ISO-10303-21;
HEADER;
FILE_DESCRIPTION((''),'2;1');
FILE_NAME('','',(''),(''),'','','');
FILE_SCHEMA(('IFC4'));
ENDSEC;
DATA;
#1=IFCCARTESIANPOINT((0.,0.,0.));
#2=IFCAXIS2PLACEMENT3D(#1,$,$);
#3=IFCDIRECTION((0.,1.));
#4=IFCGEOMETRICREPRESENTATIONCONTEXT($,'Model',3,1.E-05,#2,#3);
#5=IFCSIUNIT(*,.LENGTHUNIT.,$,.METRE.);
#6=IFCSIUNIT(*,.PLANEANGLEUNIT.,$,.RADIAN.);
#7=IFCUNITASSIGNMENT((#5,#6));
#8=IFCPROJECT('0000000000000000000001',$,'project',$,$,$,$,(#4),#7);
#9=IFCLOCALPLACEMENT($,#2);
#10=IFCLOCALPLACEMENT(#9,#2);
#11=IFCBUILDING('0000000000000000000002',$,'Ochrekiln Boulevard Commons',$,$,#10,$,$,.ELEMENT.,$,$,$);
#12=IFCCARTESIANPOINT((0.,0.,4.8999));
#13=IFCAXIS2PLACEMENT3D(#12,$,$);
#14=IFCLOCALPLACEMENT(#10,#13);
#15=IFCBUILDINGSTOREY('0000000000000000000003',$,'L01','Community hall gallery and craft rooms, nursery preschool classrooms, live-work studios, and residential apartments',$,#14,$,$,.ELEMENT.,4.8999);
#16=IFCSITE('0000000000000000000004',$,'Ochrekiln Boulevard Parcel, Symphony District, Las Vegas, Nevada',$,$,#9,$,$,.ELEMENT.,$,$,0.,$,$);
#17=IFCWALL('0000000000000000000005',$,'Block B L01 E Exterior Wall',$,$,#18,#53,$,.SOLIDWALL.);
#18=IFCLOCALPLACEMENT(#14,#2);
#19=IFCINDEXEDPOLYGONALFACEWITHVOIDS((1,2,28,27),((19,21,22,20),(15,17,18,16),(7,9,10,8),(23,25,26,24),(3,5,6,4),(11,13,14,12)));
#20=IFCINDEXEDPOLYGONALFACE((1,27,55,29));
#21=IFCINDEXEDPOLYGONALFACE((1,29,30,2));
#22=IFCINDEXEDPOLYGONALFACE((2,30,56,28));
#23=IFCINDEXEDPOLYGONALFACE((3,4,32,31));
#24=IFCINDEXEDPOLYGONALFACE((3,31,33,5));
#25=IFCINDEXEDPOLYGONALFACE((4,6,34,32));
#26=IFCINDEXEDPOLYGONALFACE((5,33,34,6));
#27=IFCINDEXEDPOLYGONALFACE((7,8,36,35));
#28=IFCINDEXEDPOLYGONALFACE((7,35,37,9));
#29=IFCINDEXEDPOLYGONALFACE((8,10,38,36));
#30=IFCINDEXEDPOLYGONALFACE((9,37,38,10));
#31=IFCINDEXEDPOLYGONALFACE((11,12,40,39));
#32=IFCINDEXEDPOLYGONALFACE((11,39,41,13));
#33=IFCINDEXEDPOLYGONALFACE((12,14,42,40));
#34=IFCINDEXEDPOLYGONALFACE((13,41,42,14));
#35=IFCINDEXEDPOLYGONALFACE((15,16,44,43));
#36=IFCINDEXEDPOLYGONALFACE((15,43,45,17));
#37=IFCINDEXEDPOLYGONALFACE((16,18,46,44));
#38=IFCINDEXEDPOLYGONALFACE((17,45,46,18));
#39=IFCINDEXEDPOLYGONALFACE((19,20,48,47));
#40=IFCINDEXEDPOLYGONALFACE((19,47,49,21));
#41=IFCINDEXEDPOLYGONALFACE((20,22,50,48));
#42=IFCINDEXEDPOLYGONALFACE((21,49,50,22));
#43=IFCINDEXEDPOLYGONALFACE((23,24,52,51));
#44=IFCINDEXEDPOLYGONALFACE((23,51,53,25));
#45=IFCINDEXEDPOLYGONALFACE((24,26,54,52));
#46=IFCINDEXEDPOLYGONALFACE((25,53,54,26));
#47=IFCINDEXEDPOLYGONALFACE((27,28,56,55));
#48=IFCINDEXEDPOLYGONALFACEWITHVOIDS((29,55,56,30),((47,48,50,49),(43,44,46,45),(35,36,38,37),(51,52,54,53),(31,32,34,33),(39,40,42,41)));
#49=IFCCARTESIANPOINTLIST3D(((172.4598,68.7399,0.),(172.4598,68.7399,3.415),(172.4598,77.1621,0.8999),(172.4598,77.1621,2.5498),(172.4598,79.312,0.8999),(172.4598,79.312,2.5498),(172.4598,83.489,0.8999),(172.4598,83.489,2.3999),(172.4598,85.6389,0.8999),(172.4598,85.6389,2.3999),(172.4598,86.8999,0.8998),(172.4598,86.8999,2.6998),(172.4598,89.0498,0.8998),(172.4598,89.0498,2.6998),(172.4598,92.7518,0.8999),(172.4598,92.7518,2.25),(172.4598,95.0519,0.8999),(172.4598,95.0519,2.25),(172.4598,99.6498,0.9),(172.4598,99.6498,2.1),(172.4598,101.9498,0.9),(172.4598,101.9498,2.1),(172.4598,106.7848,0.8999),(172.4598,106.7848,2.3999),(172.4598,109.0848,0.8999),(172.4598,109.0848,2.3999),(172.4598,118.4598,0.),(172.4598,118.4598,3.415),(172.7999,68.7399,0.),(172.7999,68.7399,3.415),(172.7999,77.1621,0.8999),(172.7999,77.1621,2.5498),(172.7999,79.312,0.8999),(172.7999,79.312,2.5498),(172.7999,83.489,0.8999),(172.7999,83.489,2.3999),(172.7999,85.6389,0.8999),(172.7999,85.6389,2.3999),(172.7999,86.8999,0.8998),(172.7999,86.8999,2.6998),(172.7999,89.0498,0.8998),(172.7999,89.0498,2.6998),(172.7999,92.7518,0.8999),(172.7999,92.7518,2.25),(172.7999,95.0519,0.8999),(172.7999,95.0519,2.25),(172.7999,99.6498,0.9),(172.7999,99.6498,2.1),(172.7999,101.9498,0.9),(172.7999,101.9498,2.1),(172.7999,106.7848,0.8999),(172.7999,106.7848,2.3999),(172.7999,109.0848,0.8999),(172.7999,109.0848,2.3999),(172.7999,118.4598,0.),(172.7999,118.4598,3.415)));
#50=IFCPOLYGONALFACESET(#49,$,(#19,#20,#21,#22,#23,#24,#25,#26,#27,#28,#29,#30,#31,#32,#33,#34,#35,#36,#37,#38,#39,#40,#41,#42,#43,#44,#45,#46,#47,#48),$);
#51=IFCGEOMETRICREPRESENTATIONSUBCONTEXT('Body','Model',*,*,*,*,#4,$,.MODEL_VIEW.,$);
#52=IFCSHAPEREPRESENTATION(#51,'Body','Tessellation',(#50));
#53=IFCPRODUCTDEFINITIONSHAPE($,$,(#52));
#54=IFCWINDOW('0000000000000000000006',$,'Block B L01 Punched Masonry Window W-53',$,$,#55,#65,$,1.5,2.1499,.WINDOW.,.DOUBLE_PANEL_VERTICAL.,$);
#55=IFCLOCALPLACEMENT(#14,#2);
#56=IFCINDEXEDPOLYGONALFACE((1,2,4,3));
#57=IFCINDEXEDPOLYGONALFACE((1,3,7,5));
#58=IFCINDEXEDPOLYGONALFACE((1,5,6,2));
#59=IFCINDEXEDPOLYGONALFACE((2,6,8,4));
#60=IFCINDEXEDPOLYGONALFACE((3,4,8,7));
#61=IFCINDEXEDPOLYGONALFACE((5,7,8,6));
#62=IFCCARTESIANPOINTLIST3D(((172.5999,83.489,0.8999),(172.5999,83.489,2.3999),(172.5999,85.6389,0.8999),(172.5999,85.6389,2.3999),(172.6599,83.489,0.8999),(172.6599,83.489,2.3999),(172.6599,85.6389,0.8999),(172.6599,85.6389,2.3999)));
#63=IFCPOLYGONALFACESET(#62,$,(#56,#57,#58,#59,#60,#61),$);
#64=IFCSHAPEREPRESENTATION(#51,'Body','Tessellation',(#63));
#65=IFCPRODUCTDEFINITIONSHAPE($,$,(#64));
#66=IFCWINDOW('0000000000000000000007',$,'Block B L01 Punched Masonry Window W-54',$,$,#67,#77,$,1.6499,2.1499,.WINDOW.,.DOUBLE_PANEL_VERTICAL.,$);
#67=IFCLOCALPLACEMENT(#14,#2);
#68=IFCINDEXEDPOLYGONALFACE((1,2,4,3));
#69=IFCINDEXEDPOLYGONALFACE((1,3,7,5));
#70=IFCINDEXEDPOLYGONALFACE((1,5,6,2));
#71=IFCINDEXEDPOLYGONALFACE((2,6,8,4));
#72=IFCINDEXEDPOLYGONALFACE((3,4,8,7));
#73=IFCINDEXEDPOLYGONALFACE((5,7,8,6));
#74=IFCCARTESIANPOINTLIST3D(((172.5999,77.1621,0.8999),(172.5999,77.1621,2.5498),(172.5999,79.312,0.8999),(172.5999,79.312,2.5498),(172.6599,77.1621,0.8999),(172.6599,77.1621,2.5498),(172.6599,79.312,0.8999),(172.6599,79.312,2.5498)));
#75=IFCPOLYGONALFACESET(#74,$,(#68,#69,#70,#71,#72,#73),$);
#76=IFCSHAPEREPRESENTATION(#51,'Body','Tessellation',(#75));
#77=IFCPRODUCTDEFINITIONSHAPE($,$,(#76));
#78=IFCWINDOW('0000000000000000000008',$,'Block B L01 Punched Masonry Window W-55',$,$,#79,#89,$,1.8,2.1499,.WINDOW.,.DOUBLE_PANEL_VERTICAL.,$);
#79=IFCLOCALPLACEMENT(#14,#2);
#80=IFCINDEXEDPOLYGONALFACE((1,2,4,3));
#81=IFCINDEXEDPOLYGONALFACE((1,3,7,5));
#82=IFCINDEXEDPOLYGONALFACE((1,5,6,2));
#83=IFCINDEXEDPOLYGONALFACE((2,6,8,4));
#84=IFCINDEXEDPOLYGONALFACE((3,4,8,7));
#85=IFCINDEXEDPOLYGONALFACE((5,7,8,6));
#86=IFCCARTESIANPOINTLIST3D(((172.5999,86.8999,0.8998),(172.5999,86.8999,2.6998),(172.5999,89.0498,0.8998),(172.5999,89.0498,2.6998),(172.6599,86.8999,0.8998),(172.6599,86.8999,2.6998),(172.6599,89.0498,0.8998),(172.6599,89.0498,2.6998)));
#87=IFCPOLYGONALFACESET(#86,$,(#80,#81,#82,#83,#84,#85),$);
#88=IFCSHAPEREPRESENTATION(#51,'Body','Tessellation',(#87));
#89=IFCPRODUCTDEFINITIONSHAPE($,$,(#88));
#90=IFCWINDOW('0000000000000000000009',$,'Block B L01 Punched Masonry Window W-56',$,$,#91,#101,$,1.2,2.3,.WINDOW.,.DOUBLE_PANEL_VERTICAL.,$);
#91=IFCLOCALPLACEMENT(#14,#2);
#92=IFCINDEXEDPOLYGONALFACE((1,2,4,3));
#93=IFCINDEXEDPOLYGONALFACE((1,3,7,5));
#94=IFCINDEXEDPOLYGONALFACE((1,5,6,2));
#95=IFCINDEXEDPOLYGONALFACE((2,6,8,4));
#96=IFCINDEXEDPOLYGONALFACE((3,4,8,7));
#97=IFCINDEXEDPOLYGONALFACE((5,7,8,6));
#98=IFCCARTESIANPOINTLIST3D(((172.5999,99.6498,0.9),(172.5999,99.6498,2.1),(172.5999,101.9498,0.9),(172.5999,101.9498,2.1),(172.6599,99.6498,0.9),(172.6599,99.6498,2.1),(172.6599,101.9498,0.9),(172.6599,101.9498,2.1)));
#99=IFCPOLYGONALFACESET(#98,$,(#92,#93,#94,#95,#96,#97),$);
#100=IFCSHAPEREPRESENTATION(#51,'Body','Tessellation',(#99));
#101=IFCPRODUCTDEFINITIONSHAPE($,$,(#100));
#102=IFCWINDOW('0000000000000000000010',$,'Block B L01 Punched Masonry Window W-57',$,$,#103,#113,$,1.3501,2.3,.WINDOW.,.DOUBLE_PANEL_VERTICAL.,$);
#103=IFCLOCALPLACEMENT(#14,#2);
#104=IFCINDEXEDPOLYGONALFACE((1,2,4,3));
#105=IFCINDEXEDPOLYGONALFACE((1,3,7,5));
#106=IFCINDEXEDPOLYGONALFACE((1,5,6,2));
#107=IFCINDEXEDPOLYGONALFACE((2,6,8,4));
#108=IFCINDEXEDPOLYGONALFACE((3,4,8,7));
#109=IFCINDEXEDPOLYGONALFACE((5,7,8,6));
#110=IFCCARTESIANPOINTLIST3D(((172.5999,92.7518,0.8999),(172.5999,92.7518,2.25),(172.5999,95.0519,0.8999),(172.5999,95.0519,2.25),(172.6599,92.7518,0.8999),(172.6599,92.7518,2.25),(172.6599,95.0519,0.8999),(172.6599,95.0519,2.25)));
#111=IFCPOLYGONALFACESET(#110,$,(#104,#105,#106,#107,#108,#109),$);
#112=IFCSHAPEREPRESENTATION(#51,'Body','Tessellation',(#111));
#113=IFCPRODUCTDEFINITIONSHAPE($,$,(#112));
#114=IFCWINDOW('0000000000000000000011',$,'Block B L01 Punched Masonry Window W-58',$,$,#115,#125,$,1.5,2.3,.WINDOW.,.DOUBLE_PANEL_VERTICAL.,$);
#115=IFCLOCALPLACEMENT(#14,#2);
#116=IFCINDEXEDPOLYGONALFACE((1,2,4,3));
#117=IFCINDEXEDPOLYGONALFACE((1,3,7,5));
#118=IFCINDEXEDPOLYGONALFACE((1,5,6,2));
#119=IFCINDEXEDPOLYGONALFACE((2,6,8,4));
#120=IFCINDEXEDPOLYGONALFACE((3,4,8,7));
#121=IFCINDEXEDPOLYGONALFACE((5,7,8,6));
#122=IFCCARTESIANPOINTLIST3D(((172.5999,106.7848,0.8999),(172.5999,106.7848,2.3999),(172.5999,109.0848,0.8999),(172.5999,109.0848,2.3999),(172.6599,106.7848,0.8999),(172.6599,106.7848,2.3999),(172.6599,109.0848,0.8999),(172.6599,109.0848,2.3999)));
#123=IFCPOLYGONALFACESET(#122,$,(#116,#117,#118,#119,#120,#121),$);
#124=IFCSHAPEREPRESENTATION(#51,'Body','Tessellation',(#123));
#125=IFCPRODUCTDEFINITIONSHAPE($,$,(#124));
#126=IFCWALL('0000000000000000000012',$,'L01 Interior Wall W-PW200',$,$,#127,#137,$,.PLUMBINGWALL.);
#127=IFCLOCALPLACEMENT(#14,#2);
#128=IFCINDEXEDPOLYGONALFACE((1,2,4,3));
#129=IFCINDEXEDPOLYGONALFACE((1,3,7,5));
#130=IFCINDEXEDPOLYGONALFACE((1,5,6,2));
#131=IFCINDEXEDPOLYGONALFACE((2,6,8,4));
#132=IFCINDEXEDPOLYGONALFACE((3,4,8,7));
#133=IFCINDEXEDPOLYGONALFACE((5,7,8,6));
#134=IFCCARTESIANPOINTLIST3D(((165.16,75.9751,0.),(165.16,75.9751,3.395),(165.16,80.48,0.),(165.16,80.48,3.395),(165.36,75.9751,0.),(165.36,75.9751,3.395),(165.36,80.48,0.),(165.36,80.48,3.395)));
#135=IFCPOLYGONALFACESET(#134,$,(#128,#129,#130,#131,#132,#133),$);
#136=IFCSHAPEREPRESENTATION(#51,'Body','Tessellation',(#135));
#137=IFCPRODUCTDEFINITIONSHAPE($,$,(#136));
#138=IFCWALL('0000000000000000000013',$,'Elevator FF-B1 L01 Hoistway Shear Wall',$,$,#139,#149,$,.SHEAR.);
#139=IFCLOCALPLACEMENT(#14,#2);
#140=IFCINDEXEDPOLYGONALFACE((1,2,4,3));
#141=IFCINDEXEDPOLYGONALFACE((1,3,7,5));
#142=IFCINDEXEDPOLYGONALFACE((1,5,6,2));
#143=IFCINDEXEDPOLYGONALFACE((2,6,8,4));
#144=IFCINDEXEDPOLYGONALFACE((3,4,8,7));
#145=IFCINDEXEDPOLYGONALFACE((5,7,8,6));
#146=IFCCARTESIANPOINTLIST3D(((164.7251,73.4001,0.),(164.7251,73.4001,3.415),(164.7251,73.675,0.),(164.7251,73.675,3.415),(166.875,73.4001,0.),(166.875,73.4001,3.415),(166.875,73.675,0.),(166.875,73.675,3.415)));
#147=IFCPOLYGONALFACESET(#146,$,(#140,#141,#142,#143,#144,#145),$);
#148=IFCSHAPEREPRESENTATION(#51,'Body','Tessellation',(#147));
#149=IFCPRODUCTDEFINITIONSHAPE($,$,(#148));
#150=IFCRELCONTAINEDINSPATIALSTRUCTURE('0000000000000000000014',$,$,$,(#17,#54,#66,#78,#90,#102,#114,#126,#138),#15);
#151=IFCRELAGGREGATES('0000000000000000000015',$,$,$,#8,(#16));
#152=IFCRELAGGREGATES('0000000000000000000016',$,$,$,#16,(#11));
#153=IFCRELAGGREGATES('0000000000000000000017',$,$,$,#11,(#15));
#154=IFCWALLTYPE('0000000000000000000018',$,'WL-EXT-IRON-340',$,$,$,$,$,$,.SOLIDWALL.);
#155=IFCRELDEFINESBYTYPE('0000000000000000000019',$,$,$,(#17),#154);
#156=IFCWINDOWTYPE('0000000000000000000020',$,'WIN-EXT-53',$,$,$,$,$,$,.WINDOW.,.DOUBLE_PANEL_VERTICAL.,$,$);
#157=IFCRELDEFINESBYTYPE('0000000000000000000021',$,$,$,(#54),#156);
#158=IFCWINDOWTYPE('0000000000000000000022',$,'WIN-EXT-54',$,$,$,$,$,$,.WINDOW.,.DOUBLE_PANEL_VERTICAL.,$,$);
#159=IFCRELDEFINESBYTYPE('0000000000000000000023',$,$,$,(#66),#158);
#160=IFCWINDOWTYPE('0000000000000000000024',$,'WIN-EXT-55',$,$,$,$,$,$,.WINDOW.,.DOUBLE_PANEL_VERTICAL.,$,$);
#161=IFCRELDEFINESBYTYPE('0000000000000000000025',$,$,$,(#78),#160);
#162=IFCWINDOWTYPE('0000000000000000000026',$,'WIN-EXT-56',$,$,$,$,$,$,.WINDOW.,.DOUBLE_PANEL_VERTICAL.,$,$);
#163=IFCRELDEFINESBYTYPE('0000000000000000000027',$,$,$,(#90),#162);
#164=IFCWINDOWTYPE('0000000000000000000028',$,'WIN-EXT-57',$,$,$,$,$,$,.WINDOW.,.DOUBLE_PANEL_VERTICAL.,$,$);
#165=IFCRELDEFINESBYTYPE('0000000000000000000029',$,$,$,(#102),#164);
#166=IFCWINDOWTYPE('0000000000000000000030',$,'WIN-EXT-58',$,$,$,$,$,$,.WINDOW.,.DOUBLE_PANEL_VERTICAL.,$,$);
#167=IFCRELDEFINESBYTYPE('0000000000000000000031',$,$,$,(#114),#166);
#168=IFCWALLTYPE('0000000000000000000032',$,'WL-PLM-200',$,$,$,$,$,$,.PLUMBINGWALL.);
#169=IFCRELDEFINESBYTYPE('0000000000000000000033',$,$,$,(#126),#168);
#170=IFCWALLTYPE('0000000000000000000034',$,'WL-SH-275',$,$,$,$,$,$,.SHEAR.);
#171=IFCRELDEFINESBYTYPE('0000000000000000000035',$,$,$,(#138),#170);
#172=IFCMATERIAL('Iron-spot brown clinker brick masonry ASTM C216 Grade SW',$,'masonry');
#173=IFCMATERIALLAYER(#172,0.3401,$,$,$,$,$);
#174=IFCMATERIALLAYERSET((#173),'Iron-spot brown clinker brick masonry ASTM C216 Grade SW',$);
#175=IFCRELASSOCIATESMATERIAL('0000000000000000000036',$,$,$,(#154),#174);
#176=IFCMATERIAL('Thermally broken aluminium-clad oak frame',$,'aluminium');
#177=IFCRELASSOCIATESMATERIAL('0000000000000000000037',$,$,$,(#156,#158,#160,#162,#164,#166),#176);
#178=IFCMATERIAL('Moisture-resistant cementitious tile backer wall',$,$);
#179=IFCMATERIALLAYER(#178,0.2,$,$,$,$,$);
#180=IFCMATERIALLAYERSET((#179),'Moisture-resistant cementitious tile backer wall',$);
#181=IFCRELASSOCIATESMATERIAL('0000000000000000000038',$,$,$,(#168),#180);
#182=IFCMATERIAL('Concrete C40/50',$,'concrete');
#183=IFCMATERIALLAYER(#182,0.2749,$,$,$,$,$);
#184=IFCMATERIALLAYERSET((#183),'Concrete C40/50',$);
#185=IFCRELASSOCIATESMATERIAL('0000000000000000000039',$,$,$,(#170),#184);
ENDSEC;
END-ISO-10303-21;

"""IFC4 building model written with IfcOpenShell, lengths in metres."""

from ifc_helpers import new_model, si_unit, direction, frame, frame_2d, origin, place, context, subcontext, project, spatial, rectangle, extrude, material, layer, layer_set, type_object, element, fill, save


model = new_model("IFC4")

# Units and contexts
model_context = context("Model", 3, precision=1e-05, world=origin(), true_north=direction((0.0, 1.0)))
body_context = subcontext(model_context, "Body", "Model", "MODEL_VIEW")
ifc_project = project(units=[si_unit("LENGTHUNIT", "METRE"), si_unit("PLANEANGLEUNIT", "RADIAN")], contexts=[model_context])

# Site, building, storey
site_placement = place(None, origin())
site = spatial("IfcSite", under=ifc_project, at=site_placement, Name="Ochrekiln Boulevard Parcel, Symphony District, Las Vegas, Nevada", CompositionType="ELEMENT", RefElevation=0.0)
building_placement = place(site_placement, origin())
building = spatial("IfcBuilding", under=site, at=building_placement, Name="Ochrekiln Boulevard Commons", CompositionType="ELEMENT")
storey_placement = place(building_placement, frame((0.0, 0.0, 4.8999)))
storey = spatial("IfcBuildingStorey", under=building, at=storey_placement, Name="L01", Description="Community hall gallery and craft rooms, nursery preschool classrooms, live-work studios, and residential apartments", CompositionType="ELEMENT", Elevation=4.8999)

# Shared definitions
ifc_material_1 = material(Name="Concrete C40/50", Category="concrete")

# Wall, openings, windows
ifc_material_2 = material(Name="Iron-spot brown clinker brick masonry ASTM C216 Grade SW", Category="masonry")
ifc_layer_1 = layer(ifc_material_2, 0.3401)
ifc_layer_set_1 = layer_set([ifc_layer_1], Name="Iron-spot brown clinker brick masonry ASTM C216 Grade SW")
wall_type_1 = type_object("IfcWallType", Name="WL-EXT-IRON-340", PredefinedType="SOLIDWALL", material=ifc_layer_set_1)
wall_1_placement = place(storey_placement, frame((172.6299, 68.74, 0.0), z_axis=(0.0, 0.0, 1.0), x_axis=(0.0, 1.0, 0.0)))
wall_1 = element("IfcWall", 1, at=wall_1_placement, inside=storey, type_object=wall_type_1, Name="Block B L01 E Exterior Wall", PredefinedType="SOLIDWALL", context=body_context, shape_type="SweptSolid", body=[
    extrude(rectangle(XDim=49.72, YDim=0.3401, at=frame_2d((24.8599, 0.0))), origin(), (0.0, 0.0, 1.0), 3.415),
])
opening_1_placement = place(wall_1_placement, frame((14.749, 0.0, 0.8999)))
opening_1 = element("IfcOpeningElement", 2, at=opening_1_placement, cuts=wall_1, PredefinedType="OPENING", context=body_context, shape_type="SweptSolid", body=[
    extrude(rectangle(XDim=2.1499, YDim=1.5, at=frame_2d((1.075, 0.75))), frame((0.0, 0.1799, 0.0), z_axis=(0.0, -1.0, 0.0), x_axis=(1.0, 0.0, 0.0)), (0.0, 0.0, 1.0), 0.3601),
])
opening_2_placement = place(wall_1_placement, frame((8.4221, 0.0, 0.8999)))
opening_2 = element("IfcOpeningElement", 3, at=opening_2_placement, cuts=wall_1, PredefinedType="OPENING", context=body_context, shape_type="SweptSolid", body=[
    extrude(rectangle(XDim=2.1499, YDim=1.6499, at=frame_2d((1.075, 0.825))), frame((0.0, 0.1799, 0.0), z_axis=(0.0, -1.0, 0.0), x_axis=(1.0, 0.0, 0.0)), (0.0, 0.0, 1.0), 0.3601),
])
opening_3_placement = place(wall_1_placement, frame((18.1599, 0.0, 0.8999)))
opening_3 = element("IfcOpeningElement", 4, at=opening_3_placement, cuts=wall_1, PredefinedType="OPENING", context=body_context, shape_type="SweptSolid", body=[
    extrude(rectangle(XDim=2.1499, YDim=1.8, at=frame_2d((1.075, 0.8999))), frame((0.0, 0.1799, 0.0), z_axis=(0.0, -1.0, 0.0), x_axis=(1.0, 0.0, 0.0)), (0.0, 0.0, 1.0), 0.3601),
])
opening_4_placement = place(wall_1_placement, frame((30.9099, 0.0, 0.8999)))
opening_4 = element("IfcOpeningElement", 5, at=opening_4_placement, cuts=wall_1, PredefinedType="OPENING", context=body_context, shape_type="SweptSolid", body=[
    extrude(rectangle(XDim=2.3, YDim=1.2, at=frame_2d((1.1499, 0.6001))), frame((0.0, 0.1799, 0.0), z_axis=(0.0, -1.0, 0.0), x_axis=(1.0, 0.0, 0.0)), (0.0, 0.0, 1.0), 0.3601),
])
opening_5_placement = place(wall_1_placement, frame((24.012, 0.0, 0.8999)))
opening_5 = element("IfcOpeningElement", 6, at=opening_5_placement, cuts=wall_1, PredefinedType="OPENING", context=body_context, shape_type="SweptSolid", body=[
    extrude(rectangle(XDim=2.3, YDim=1.3501, at=frame_2d((1.1499, 0.675))), frame((0.0, 0.1799, 0.0), z_axis=(0.0, -1.0, 0.0), x_axis=(1.0, 0.0, 0.0)), (0.0, 0.0, 1.0), 0.3601),
])
opening_6_placement = place(wall_1_placement, frame((38.0449, 0.0, 0.8999)))
opening_6 = element("IfcOpeningElement", 7, at=opening_6_placement, cuts=wall_1, PredefinedType="OPENING", context=body_context, shape_type="SweptSolid", body=[
    extrude(rectangle(XDim=2.3, YDim=1.5, at=frame_2d((1.1499, 0.75))), frame((0.0, 0.1799, 0.0), z_axis=(0.0, -1.0, 0.0), x_axis=(1.0, 0.0, 0.0)), (0.0, 0.0, 1.0), 0.3601),
])
ifc_material_3 = material(Name="Thermally broken aluminium-clad oak frame", Category="aluminium")
window_type_1 = type_object("IfcWindowType", Name="WIN-EXT-53", PartitioningType="DOUBLE_PANEL_VERTICAL", PredefinedType="WINDOW", material=ifc_material_3)
window_1_placement = place(opening_1_placement, origin())
window_1 = element("IfcWindow", 8, at=window_1_placement, inside=storey, type_object=window_type_1, Name="Block B L01 Punched Masonry Window W-53", OverallHeight=1.5, OverallWidth=2.1499, PartitioningType="DOUBLE_PANEL_VERTICAL", PredefinedType="WINDOW", context=body_context, shape_type="SweptSolid", body=[
    extrude(rectangle(XDim=2.1499, YDim=1.5, at=frame_2d((1.075, 0.75))), frame((0.0, 0.03, 0.0), z_axis=(0.0, -1.0, 0.0), x_axis=(1.0, 0.0, 0.0)), (0.0, 0.0, 1.0), 0.0601),
])
fill(opening_1, window_1)
window_type_2 = type_object("IfcWindowType", Name="WIN-EXT-54", PartitioningType="DOUBLE_PANEL_VERTICAL", PredefinedType="WINDOW", material=ifc_material_3)
window_2_placement = place(opening_2_placement, origin())
window_2 = element("IfcWindow", 9, at=window_2_placement, inside=storey, type_object=window_type_2, Name="Block B L01 Punched Masonry Window W-54", OverallHeight=1.6499, OverallWidth=2.1499, PartitioningType="DOUBLE_PANEL_VERTICAL", PredefinedType="WINDOW", context=body_context, shape_type="SweptSolid", body=[
    extrude(rectangle(XDim=2.1499, YDim=1.6499, at=frame_2d((1.075, 0.825))), frame((0.0, 0.03, 0.0), z_axis=(0.0, -1.0, 0.0), x_axis=(1.0, 0.0, 0.0)), (0.0, 0.0, 1.0), 0.0601),
])
fill(opening_2, window_2)
window_type_3 = type_object("IfcWindowType", Name="WIN-EXT-55", PartitioningType="DOUBLE_PANEL_VERTICAL", PredefinedType="WINDOW", material=ifc_material_3)
window_3_placement = place(opening_3_placement, origin())
window_3 = element("IfcWindow", 10, at=window_3_placement, inside=storey, type_object=window_type_3, Name="Block B L01 Punched Masonry Window W-55", OverallHeight=1.8, OverallWidth=2.1499, PartitioningType="DOUBLE_PANEL_VERTICAL", PredefinedType="WINDOW", context=body_context, shape_type="SweptSolid", body=[
    extrude(rectangle(XDim=2.1499, YDim=1.8, at=frame_2d((1.075, 0.8999))), frame((0.0, 0.03, 0.0), z_axis=(0.0, -1.0, 0.0), x_axis=(1.0, 0.0, 0.0)), (0.0, 0.0, 1.0), 0.0601),
])
fill(opening_3, window_3)
window_type_4 = type_object("IfcWindowType", Name="WIN-EXT-56", PartitioningType="DOUBLE_PANEL_VERTICAL", PredefinedType="WINDOW", material=ifc_material_3)
window_4_placement = place(opening_4_placement, origin())
window_4 = element("IfcWindow", 11, at=window_4_placement, inside=storey, type_object=window_type_4, Name="Block B L01 Punched Masonry Window W-56", OverallHeight=1.2, OverallWidth=2.3, PartitioningType="DOUBLE_PANEL_VERTICAL", PredefinedType="WINDOW", context=body_context, shape_type="SweptSolid", body=[
    extrude(rectangle(XDim=2.3, YDim=1.2, at=frame_2d((1.1499, 0.6001))), frame((0.0, 0.03, 0.0), z_axis=(0.0, -1.0, 0.0), x_axis=(1.0, 0.0, 0.0)), (0.0, 0.0, 1.0), 0.0601),
])
fill(opening_4, window_4)
window_type_5 = type_object("IfcWindowType", Name="WIN-EXT-57", PartitioningType="DOUBLE_PANEL_VERTICAL", PredefinedType="WINDOW", material=ifc_material_3)
window_5_placement = place(opening_5_placement, origin())
window_5 = element("IfcWindow", 12, at=window_5_placement, inside=storey, type_object=window_type_5, Name="Block B L01 Punched Masonry Window W-57", OverallHeight=1.3501, OverallWidth=2.3, PartitioningType="DOUBLE_PANEL_VERTICAL", PredefinedType="WINDOW", context=body_context, shape_type="SweptSolid", body=[
    extrude(rectangle(XDim=2.3, YDim=1.3501, at=frame_2d((1.1499, 0.675))), frame((0.0, 0.03, 0.0), z_axis=(0.0, -1.0, 0.0), x_axis=(1.0, 0.0, 0.0)), (0.0, 0.0, 1.0), 0.0601),
])
fill(opening_5, window_5)
window_type_6 = type_object("IfcWindowType", Name="WIN-EXT-58", PartitioningType="DOUBLE_PANEL_VERTICAL", PredefinedType="WINDOW", material=ifc_material_3)
window_6_placement = place(opening_6_placement, origin())
window_6 = element("IfcWindow", 13, at=window_6_placement, inside=storey, type_object=window_type_6, Name="Block B L01 Punched Masonry Window W-58", OverallHeight=1.5, OverallWidth=2.3, PartitioningType="DOUBLE_PANEL_VERTICAL", PredefinedType="WINDOW", context=body_context, shape_type="SweptSolid", body=[
    extrude(rectangle(XDim=2.3, YDim=1.5, at=frame_2d((1.1499, 0.75))), frame((0.0, 0.03, 0.0), z_axis=(0.0, -1.0, 0.0), x_axis=(1.0, 0.0, 0.0)), (0.0, 0.0, 1.0), 0.0601),
])
fill(opening_6, window_6)

# Walls
ifc_material_4 = material(Name="Moisture-resistant cementitious tile backer wall")
ifc_layer_2 = layer(ifc_material_4, 0.2)
ifc_layer_set_2 = layer_set([ifc_layer_2], Name="Moisture-resistant cementitious tile backer wall")
wall_type_2 = type_object("IfcWallType", Name="WL-PLM-200", PredefinedType="PLUMBINGWALL", material=ifc_layer_set_2)
wall_2_placement = place(storey_placement, frame((165.26, 75.9751, 0.0), z_axis=(0.0, 0.0, 1.0), x_axis=(0.0, 1.0, 0.0)))
element("IfcWall", 14, at=wall_2_placement, inside=storey, type_object=wall_type_2, Name="L01 Interior Wall W-PW200", PredefinedType="PLUMBINGWALL", context=body_context, shape_type="SweptSolid", body=[
    extrude(rectangle(XDim=4.5049, YDim=0.2, at=frame_2d((2.2524, 0.0))), origin(), (0.0, 0.0, 1.0), 3.395),
])
ifc_layer_3 = layer(ifc_material_1, 0.2749)
ifc_layer_set_3 = layer_set([ifc_layer_3], Name="Concrete C40/50")
wall_type_3 = type_object("IfcWallType", Name="WL-SH-275", PredefinedType="SHEAR", material=ifc_layer_set_3)
wall_3_placement = place(storey_placement, frame((164.7251, 73.5376, 0.0), z_axis=(0.0, 0.0, 1.0), x_axis=(1.0, 0.0, 0.0)))
element("IfcWall", 15, at=wall_3_placement, inside=storey, type_object=wall_type_3, Name="Elevator FF-B1 L01 Hoistway Shear Wall", PredefinedType="SHEAR", context=body_context, shape_type="SweptSolid", body=[
    extrude(rectangle(XDim=2.1499, YDim=0.2749, at=frame_2d((1.075, 0.0))), origin(), (0.0, 0.0, 1.0), 3.415),
])

save(model, "model.ifc")
